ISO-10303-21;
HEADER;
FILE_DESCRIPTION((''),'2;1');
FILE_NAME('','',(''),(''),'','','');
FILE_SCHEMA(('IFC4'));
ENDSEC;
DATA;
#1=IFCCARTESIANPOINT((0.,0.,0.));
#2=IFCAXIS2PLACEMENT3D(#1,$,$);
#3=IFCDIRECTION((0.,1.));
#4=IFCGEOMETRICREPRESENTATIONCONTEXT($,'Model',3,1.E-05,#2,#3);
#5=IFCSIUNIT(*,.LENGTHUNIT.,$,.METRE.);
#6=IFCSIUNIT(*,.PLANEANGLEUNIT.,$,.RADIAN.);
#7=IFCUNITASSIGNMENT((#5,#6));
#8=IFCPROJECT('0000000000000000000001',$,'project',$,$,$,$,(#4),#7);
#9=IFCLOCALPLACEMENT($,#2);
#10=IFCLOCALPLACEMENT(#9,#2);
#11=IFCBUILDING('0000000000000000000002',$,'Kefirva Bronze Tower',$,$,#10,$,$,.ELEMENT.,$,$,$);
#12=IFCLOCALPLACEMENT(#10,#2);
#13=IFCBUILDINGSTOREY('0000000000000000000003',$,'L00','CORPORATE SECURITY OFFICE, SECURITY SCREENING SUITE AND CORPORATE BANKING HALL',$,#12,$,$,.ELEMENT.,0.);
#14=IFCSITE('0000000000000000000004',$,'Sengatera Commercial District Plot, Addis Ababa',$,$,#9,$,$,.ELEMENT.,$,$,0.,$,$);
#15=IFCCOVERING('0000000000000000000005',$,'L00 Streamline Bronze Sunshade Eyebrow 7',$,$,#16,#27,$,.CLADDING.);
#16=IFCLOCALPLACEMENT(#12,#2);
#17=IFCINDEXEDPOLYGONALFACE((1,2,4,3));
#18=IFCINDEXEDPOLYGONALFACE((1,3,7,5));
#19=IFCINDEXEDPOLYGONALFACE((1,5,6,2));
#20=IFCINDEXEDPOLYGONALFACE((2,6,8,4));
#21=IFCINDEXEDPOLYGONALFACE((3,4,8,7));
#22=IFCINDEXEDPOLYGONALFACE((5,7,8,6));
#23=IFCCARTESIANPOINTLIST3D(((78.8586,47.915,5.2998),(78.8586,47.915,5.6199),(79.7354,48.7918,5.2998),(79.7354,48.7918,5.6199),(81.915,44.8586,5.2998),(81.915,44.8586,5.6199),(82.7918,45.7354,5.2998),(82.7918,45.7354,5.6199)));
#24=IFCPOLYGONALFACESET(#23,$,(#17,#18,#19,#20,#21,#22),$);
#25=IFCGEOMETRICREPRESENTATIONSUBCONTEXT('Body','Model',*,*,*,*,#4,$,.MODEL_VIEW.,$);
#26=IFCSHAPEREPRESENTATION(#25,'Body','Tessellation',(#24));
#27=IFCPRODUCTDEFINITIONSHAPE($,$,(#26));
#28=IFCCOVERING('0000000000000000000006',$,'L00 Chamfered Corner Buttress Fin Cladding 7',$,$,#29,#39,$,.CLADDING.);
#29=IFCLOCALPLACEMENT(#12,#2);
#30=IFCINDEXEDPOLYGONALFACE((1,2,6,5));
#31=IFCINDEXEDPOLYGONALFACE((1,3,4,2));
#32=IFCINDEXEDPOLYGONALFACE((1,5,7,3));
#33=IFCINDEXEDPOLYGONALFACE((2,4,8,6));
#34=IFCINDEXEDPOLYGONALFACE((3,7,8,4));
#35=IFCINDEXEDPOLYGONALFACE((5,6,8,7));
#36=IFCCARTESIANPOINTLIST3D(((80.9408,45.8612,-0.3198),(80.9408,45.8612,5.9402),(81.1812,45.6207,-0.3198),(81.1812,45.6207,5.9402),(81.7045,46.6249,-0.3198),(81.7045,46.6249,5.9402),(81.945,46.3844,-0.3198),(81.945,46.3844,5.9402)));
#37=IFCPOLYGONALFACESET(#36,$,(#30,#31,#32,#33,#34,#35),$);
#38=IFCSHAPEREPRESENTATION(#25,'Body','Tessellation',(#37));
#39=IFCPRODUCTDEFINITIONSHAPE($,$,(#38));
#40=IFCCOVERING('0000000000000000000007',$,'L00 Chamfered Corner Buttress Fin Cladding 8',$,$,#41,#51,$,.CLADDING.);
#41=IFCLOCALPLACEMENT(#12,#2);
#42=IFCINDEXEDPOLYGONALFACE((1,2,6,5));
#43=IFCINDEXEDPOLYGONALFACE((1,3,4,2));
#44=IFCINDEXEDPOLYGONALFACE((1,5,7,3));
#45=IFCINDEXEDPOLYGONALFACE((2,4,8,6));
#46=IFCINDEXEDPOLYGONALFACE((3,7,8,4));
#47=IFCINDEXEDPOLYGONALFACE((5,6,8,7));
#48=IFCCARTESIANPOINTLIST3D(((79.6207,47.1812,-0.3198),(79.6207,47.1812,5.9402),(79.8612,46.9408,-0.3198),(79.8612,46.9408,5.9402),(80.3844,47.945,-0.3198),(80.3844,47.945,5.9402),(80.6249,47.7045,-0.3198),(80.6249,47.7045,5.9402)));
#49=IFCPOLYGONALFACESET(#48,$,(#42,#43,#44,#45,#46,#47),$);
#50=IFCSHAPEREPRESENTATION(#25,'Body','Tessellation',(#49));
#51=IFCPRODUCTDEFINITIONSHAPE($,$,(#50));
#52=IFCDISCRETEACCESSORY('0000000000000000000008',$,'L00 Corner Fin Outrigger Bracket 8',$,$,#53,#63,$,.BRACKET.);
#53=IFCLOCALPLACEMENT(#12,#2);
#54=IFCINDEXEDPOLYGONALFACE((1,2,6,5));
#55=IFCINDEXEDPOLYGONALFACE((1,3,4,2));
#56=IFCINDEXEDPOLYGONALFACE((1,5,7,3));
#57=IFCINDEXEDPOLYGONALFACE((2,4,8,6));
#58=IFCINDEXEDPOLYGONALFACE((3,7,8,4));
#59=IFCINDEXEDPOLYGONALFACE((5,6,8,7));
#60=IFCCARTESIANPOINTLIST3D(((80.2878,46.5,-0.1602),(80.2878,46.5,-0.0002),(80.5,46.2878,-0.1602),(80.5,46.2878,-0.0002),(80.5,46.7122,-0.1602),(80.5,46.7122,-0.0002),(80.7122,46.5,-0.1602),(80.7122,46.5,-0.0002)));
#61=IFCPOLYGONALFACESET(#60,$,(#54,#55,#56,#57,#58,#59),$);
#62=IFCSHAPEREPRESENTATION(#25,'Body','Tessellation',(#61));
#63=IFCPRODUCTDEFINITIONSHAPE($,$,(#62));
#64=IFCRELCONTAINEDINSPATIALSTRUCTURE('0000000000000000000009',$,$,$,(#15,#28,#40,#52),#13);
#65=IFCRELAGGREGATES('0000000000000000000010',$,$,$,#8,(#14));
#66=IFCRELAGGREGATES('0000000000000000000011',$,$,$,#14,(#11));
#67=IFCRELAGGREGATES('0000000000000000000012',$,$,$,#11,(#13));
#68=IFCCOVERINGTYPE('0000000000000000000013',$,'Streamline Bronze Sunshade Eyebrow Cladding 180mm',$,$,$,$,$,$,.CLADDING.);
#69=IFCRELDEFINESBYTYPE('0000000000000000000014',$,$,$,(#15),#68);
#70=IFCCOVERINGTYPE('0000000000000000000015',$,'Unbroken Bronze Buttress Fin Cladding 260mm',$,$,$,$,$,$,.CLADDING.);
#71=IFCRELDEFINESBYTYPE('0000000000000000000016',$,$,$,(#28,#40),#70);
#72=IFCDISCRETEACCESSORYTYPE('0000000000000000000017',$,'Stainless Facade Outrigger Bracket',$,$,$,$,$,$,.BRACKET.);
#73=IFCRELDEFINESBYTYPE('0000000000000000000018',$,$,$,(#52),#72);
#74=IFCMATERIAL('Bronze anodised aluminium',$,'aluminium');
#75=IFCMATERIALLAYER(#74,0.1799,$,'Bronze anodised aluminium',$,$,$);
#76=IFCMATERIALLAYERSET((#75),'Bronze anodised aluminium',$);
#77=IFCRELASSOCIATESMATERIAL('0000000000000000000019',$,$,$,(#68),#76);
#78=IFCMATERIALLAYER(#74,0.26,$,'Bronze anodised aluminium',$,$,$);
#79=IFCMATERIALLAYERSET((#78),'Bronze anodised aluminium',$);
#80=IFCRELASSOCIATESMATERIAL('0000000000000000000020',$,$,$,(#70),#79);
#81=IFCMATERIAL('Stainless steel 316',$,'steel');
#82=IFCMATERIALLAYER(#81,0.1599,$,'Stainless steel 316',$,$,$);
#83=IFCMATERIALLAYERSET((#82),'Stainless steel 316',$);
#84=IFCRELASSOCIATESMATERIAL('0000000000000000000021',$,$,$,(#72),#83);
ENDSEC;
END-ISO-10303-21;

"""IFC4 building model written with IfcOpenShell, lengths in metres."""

from ifc_helpers import new_model, si_unit, direction, frame, origin, origin_2d, place, context, subcontext, project, spatial, rectangle, extrude, material, layer, layer_set, type_object, element, save


model = new_model("IFC4")

# Units and contexts
model_context = context("Model", 3, precision=1e-05, world=origin(), true_north=direction((0.0, 1.0)))
body_context = subcontext(model_context, "Body", "Model", "MODEL_VIEW")
ifc_project = project(units=[si_unit("LENGTHUNIT", "METRE"), si_unit("PLANEANGLEUNIT", "RADIAN")], contexts=[model_context])

# Site, building, storey
site_placement = place(None, origin())
site = spatial("IfcSite", under=ifc_project, at=site_placement, Name="Sengatera Commercial District Plot, Addis Ababa", CompositionType="ELEMENT", RefElevation=0.0)
building_placement = place(site_placement, origin())
building = spatial("IfcBuilding", under=site, at=building_placement, Name="Kefirva Bronze Tower", CompositionType="ELEMENT")
storey_placement = place(building_placement, origin())
storey = spatial("IfcBuildingStorey", under=building, at=storey_placement, Name="L00", Description="CORPORATE SECURITY OFFICE, SECURITY SCREENING SUITE AND CORPORATE BANKING HALL", CompositionType="ELEMENT", Elevation=0.0)

# Shared definitions
ifc_material_1 = material(Name="Bronze anodised aluminium", Category="aluminium")

# Coverings
ifc_layer_1 = layer(ifc_material_1, 0.1799, Name="Bronze anodised aluminium")
ifc_layer_set_1 = layer_set([ifc_layer_1], Name="Bronze anodised aluminium")
covering_type_1 = type_object("IfcCoveringType", Name="Streamline Bronze Sunshade Eyebrow Cladding 180mm", PredefinedType="CLADDING", material=ifc_layer_set_1)
covering_1_placement = place(storey_placement, frame((80.8252, 46.8252, 5.2998), z_axis=(0.0, 0.0, 1.0), x_axis=(-0.707107, 0.707107, 0.0)))
element("IfcCovering", 1, at=covering_1_placement, inside=storey, type_object=covering_type_1, Name="L00 Streamline Bronze Sunshade Eyebrow 7", PredefinedType="CLADDING", context=body_context, shape_type="SweptSolid", body=[
    extrude(rectangle(XDim=4.3225, YDim=1.24, at=origin_2d()), origin(), (0.0, 0.0, 1.0), 0.3201),
])
ifc_layer_2 = layer(ifc_material_1, 0.26, Name="Bronze anodised aluminium")
ifc_layer_set_2 = layer_set([ifc_layer_2], Name="Bronze anodised aluminium")
covering_type_2 = type_object("IfcCoveringType", Name="Unbroken Bronze Buttress Fin Cladding 260mm", PredefinedType="CLADDING", material=ifc_layer_set_2)
for number, where, z_axis, x_axis, name in (
    (2, (81.4429, 46.1228, -0.3198), (0.0, 0.0, 1.0), (-0.707107, 0.707107, 0.0), "L00 Chamfered Corner Buttress Fin Cladding 7"),
    (3, (80.1228, 47.4429, -0.3198), (0.0, 0.0, 1.0), (-0.707107, 0.707107, 0.0), "L00 Chamfered Corner Buttress Fin Cladding 8"),
):
    element("IfcCovering", number, at=place(storey_placement, frame(where, z_axis=z_axis, x_axis=x_axis)), inside=storey, type_object=covering_type_2, Name=name, PredefinedType="CLADDING", context=body_context, shape_type="SweptSolid", body=[
        extrude(rectangle(XDim=0.3401, YDim=1.0801, at=origin_2d()), origin(), (0.0, 0.0, 1.0), 6.26),
    ])

# Discrete accessory
ifc_material_2 = material(Name="Stainless steel 316", Category="steel")
ifc_layer_3 = layer(ifc_material_2, 0.1599, Name="Stainless steel 316")
ifc_layer_set_3 = layer_set([ifc_layer_3], Name="Stainless steel 316")
discrete_accessory_type = type_object("IfcDiscreteAccessoryType", Name="Stainless Facade Outrigger Bracket", PredefinedType="BRACKET", material=ifc_layer_set_3)
discrete_accessory_placement = place(storey_placement, frame((80.5, 46.5, -0.1602), z_axis=(0.0, 0.0, 1.0), x_axis=(-0.707107, 0.707107, 0.0)))
element("IfcDiscreteAccessory", 4, at=discrete_accessory_placement, inside=storey, type_object=discrete_accessory_type, Name="L00 Corner Fin Outrigger Bracket 8", PredefinedType="BRACKET", context=body_context, shape_type="SweptSolid", body=[
    extrude(rectangle(XDim=0.3, YDim=0.3, at=origin_2d()), origin(), (0.0, 0.0, 1.0), 0.1599),
])

save(model, "model.ifc")
